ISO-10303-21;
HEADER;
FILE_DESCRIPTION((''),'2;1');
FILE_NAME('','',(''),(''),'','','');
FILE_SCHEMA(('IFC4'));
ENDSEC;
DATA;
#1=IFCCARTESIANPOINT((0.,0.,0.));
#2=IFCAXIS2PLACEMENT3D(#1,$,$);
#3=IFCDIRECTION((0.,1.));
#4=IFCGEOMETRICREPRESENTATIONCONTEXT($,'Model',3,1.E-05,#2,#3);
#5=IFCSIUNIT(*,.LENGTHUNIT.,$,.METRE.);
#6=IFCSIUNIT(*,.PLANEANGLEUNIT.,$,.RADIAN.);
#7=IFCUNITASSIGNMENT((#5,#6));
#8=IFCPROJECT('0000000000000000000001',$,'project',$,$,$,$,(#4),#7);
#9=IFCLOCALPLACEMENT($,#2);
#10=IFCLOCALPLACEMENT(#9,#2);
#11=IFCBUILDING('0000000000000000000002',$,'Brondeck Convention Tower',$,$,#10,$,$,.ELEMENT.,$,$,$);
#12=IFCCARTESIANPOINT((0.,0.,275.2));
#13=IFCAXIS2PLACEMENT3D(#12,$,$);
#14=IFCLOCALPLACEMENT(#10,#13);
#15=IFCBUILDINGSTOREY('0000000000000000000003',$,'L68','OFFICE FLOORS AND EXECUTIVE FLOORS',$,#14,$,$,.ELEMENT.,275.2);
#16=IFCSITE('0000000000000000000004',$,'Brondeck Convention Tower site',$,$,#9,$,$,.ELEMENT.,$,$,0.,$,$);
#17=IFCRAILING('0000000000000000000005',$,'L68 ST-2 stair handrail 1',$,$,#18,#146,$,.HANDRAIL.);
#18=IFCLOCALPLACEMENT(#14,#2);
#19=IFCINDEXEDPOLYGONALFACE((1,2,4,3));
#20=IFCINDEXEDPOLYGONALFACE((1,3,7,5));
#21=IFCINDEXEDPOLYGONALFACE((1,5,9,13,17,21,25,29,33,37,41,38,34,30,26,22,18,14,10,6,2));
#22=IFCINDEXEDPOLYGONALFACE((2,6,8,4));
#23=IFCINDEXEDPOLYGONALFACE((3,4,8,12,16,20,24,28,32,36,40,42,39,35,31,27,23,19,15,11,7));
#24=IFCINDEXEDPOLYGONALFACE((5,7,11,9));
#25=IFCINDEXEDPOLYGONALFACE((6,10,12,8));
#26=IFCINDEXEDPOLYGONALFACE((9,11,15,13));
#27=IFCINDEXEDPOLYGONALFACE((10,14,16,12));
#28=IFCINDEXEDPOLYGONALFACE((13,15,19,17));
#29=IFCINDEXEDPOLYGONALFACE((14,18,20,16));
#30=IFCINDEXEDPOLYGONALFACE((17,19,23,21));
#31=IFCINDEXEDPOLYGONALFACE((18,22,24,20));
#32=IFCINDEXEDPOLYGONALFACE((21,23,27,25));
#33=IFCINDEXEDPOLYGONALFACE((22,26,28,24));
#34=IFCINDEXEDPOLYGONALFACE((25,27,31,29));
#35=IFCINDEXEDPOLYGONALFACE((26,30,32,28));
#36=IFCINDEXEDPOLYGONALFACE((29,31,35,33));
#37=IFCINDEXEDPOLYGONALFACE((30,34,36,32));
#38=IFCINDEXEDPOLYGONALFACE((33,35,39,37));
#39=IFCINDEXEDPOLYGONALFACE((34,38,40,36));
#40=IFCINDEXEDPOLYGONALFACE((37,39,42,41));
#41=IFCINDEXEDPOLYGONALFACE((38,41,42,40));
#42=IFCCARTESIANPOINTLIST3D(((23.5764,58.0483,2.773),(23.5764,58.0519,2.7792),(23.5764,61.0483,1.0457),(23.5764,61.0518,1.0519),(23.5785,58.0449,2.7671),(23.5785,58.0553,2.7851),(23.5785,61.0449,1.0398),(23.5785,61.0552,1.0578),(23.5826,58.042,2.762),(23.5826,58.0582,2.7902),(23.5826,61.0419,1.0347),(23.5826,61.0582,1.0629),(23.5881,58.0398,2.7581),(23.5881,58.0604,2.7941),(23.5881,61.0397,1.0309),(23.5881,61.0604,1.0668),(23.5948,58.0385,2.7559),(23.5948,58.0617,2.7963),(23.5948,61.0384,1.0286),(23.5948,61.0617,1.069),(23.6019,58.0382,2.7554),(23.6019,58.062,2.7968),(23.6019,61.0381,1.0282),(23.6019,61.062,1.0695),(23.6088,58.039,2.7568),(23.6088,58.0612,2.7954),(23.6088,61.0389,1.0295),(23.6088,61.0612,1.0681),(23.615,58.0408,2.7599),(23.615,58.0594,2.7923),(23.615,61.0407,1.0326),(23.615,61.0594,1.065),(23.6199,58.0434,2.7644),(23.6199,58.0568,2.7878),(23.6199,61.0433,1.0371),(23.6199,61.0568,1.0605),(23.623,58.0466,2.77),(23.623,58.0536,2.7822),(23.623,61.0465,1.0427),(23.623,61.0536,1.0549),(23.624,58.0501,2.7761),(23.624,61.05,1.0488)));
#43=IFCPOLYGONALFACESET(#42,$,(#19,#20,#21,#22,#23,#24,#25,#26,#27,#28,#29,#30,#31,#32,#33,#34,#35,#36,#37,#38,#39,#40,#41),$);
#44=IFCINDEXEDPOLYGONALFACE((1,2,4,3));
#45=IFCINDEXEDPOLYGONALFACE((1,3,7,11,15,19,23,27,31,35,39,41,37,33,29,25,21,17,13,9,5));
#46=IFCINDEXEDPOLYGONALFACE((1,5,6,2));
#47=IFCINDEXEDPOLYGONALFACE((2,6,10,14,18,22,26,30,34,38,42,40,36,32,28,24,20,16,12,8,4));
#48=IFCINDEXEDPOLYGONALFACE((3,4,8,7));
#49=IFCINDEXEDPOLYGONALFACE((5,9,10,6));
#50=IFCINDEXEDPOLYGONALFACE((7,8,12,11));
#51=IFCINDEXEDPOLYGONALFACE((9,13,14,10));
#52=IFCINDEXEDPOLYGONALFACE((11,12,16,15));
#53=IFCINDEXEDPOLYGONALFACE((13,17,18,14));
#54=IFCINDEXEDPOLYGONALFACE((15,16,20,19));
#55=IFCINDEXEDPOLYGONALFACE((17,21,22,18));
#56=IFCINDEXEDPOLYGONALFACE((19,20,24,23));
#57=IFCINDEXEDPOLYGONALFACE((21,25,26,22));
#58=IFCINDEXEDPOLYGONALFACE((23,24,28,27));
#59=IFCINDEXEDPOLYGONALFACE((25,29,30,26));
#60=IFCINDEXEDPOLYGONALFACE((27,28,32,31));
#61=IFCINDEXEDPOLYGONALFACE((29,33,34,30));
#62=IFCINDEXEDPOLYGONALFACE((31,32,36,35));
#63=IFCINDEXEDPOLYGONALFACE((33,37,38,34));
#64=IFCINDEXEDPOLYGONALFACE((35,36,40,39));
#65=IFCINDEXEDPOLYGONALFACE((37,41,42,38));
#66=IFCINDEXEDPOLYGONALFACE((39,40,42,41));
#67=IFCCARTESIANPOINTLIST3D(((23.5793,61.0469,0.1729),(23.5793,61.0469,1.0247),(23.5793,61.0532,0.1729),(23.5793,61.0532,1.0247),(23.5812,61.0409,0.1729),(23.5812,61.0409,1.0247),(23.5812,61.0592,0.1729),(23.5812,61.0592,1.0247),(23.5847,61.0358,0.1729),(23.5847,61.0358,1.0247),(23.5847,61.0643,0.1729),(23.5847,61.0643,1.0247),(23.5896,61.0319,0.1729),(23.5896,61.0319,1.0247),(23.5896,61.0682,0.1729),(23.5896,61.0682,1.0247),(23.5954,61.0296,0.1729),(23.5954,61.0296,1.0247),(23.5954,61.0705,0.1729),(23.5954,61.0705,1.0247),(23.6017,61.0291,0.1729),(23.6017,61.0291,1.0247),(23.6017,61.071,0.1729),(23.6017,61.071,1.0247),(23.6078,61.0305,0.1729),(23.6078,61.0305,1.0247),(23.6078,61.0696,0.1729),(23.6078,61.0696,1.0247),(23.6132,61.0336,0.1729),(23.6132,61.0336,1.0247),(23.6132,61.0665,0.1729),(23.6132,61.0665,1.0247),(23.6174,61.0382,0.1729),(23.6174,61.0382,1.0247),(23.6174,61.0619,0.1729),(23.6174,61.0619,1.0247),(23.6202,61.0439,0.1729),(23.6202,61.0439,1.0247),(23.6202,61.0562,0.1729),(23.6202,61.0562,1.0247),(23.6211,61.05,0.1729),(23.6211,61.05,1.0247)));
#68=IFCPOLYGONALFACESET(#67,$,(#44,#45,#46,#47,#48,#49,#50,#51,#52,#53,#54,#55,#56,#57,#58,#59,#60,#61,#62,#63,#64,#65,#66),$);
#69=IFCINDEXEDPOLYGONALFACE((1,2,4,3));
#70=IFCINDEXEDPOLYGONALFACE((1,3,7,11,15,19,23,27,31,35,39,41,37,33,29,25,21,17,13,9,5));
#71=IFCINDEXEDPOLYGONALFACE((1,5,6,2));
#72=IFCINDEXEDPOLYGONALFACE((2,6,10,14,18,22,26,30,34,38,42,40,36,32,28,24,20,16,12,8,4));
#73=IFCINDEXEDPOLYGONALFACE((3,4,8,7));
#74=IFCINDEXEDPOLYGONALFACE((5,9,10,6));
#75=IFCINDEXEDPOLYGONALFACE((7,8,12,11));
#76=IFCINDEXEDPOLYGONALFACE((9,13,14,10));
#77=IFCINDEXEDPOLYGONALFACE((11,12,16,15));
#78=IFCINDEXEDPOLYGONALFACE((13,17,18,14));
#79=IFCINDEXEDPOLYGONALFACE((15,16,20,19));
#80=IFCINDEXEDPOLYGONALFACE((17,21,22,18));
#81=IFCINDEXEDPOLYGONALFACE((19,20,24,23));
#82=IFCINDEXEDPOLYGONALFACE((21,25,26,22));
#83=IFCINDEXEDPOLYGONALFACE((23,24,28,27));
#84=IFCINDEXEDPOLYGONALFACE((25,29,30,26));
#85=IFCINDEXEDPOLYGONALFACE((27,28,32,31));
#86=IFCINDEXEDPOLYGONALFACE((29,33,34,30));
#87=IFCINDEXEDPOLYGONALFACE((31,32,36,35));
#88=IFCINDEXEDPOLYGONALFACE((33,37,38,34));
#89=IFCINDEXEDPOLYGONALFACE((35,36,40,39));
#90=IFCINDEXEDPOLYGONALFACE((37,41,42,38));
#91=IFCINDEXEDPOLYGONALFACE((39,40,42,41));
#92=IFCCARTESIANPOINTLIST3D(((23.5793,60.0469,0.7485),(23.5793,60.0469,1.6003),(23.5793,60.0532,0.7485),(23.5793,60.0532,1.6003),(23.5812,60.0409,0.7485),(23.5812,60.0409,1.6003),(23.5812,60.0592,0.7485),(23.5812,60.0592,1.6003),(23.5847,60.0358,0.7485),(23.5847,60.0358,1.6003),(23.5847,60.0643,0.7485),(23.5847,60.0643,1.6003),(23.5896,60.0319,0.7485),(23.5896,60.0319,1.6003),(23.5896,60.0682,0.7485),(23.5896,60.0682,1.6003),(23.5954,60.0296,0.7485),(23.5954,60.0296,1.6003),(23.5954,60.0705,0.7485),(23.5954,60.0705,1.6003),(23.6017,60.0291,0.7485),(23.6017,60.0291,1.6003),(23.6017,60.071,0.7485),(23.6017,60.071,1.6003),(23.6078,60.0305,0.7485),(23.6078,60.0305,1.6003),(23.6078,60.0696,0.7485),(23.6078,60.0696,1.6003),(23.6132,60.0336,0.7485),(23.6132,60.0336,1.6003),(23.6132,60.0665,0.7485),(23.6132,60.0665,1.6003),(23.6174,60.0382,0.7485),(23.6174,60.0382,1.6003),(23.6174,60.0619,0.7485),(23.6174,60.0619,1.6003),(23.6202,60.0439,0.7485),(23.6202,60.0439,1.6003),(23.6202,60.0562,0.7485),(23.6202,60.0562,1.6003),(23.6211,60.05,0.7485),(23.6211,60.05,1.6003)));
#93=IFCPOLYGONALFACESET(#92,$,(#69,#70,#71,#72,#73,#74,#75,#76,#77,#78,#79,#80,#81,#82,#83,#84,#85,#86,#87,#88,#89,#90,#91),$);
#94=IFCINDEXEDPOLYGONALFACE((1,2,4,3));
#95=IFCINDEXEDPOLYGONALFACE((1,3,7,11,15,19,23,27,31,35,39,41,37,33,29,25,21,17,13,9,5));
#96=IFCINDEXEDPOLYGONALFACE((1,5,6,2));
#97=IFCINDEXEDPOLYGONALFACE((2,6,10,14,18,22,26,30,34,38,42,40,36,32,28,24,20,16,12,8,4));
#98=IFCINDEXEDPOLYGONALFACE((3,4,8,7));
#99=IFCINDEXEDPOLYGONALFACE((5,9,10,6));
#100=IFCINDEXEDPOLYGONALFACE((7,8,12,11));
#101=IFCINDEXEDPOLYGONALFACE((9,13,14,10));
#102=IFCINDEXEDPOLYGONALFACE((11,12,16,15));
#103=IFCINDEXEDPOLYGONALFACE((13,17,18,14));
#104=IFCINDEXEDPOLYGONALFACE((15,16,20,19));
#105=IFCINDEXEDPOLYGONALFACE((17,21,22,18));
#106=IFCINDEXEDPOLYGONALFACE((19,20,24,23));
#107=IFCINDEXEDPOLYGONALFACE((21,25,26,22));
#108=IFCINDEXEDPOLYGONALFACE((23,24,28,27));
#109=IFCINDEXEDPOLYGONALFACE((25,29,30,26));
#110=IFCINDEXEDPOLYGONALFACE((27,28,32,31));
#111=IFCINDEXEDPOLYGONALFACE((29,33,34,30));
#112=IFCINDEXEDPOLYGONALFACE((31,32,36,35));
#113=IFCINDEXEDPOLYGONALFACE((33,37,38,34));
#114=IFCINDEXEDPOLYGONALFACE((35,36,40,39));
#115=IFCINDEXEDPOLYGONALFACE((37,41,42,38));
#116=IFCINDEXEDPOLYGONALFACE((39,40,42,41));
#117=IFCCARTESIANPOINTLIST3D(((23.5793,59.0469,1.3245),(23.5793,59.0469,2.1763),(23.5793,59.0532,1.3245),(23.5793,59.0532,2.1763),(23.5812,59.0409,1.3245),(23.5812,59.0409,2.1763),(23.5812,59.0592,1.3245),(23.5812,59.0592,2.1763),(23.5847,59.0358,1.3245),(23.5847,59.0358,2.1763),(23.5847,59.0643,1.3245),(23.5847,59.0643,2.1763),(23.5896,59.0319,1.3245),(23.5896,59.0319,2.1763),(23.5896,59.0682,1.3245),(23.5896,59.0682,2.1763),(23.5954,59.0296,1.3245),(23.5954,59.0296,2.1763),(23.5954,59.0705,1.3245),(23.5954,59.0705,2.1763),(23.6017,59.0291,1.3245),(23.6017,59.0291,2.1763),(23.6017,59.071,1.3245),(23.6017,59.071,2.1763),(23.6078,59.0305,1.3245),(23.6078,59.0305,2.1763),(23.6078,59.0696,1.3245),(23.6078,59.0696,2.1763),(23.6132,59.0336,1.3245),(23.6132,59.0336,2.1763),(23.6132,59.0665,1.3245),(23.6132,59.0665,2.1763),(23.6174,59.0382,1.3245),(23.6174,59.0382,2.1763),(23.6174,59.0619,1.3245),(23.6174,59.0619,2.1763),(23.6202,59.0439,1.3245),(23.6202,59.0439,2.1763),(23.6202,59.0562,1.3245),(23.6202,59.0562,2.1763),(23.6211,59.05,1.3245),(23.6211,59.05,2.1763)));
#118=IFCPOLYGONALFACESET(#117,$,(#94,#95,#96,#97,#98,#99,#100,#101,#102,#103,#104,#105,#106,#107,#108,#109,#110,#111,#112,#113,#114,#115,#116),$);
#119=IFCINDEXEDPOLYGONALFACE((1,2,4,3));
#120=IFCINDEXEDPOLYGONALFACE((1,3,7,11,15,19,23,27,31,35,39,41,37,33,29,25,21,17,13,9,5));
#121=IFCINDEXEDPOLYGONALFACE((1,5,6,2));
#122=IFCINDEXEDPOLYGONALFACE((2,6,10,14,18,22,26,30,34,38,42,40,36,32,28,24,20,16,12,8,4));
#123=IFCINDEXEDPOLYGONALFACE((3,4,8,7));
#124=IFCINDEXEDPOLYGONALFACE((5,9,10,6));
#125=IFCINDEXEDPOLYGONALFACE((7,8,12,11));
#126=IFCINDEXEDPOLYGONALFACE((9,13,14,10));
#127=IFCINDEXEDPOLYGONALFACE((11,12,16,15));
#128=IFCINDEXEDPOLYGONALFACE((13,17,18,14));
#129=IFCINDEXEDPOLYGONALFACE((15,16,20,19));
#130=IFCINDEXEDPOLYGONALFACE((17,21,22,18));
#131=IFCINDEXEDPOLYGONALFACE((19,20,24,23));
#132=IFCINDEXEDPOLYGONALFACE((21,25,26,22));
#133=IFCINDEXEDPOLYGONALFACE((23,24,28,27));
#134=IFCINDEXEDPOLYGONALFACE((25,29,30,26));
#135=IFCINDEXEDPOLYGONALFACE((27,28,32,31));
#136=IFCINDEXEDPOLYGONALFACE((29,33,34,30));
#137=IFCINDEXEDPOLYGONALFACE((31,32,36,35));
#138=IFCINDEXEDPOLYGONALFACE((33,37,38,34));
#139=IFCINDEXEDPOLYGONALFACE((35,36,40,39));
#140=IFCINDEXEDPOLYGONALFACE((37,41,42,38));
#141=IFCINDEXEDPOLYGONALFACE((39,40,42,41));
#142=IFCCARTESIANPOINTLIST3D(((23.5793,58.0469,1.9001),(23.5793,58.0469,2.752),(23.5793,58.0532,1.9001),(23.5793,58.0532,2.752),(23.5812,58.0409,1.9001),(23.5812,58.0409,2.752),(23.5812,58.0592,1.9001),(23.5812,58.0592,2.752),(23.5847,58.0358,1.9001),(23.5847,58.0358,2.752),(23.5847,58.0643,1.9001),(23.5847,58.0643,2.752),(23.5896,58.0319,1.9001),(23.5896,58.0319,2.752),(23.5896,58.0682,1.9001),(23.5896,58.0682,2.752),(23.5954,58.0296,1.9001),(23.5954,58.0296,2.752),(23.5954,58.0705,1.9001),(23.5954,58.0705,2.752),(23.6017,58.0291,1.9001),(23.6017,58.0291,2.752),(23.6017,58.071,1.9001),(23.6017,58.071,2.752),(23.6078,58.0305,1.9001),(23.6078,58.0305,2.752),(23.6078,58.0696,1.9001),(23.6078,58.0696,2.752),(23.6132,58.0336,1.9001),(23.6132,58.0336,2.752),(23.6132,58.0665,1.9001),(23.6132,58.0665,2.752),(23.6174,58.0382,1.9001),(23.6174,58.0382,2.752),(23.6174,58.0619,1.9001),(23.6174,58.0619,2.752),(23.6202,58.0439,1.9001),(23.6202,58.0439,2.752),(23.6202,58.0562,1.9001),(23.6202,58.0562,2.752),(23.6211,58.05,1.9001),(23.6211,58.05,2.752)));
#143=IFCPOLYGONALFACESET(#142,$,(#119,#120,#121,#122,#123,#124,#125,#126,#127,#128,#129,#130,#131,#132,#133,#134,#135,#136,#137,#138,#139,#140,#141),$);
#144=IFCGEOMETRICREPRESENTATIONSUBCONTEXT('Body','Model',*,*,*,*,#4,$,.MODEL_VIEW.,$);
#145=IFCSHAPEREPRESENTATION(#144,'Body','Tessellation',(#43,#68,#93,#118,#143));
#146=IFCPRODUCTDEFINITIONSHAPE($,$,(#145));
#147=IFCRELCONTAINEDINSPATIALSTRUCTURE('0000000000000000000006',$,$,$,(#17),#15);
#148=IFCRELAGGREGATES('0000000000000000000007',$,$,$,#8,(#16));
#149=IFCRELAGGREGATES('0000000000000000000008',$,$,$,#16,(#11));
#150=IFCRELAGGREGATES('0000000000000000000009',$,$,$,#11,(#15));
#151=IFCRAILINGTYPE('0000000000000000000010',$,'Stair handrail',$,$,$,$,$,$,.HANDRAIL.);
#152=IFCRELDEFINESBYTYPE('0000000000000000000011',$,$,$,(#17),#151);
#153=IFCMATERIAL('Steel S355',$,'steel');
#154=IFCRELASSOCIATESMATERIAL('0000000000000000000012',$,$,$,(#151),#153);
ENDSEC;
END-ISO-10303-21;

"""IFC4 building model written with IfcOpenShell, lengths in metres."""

from ifc_helpers import new_model, si_unit, direction, frame, origin, origin_2d, place, context, subcontext, project, spatial, circle, extrude, material, type_object, element, save


model = new_model("IFC4")

# Units and contexts
model_context = context("Model", 3, precision=1e-05, world=origin(), true_north=direction((0.0, 1.0)))
body_context = subcontext(model_context, "Body", "Model", "MODEL_VIEW")
ifc_project = project(units=[si_unit("LENGTHUNIT", "METRE"), si_unit("PLANEANGLEUNIT", "RADIAN")], contexts=[model_context])

# Site, building, storey
site_placement = place(None, origin())
site = spatial("IfcSite", under=ifc_project, at=site_placement, Name="Brondeck Convention Tower site", CompositionType="ELEMENT", RefElevation=0.0)
building_placement = place(site_placement, origin())
building = spatial("IfcBuilding", under=site, at=building_placement, Name="Brondeck Convention Tower", CompositionType="ELEMENT")
storey_placement = place(building_placement, frame((0.0, 0.0, 275.2)))
storey = spatial("IfcBuildingStorey", under=building, at=storey_placement, Name="L68", Description="OFFICE FLOORS AND EXECUTIVE FLOORS", CompositionType="ELEMENT", Elevation=275.2)

# Railing
ifc_material_1 = material(Name="Steel S355", Category="steel")
railing_type_1 = type_object("IfcRailingType", Name="Stair handrail", PredefinedType="HANDRAIL", material=ifc_material_1)
railing_1_placement = place(storey_placement, frame((23.6001, 61.05, 0.1729)))
element("IfcRailing", 1, at=railing_1_placement, inside=storey, type_object=railing_type_1, Name="L68 ST-2 stair handrail 1", PredefinedType="HANDRAIL", context=body_context, shape_type="SweptSolid", body=[
    extrude(circle(Radius=0.0239, at=origin_2d()), frame((0.0, 0.0, 0.876), z_axis=(0.0, -0.86662, 0.498969), x_axis=(1.0, 0.0, 0.0)), (0.0, 0.0, 1.0), 3.4617),
    extrude(circle(Radius=0.021, at=origin_2d()), origin(), (0.0, 0.0, 1.0), 0.8518),
    extrude(circle(Radius=0.021, at=origin_2d()), frame((0.0, -1.0, 0.5757)), (0.0, 0.0, 1.0), 0.8518),
    extrude(circle(Radius=0.021, at=origin_2d()), frame((0.0, -2.0, 1.1516)), (0.0, 0.0, 1.0), 0.8518),
    extrude(circle(Radius=0.021, at=origin_2d()), frame((0.0, -3.0, 1.7273)), (0.0, 0.0, 1.0), 0.8518),
])

save(model, "model.ifc")
